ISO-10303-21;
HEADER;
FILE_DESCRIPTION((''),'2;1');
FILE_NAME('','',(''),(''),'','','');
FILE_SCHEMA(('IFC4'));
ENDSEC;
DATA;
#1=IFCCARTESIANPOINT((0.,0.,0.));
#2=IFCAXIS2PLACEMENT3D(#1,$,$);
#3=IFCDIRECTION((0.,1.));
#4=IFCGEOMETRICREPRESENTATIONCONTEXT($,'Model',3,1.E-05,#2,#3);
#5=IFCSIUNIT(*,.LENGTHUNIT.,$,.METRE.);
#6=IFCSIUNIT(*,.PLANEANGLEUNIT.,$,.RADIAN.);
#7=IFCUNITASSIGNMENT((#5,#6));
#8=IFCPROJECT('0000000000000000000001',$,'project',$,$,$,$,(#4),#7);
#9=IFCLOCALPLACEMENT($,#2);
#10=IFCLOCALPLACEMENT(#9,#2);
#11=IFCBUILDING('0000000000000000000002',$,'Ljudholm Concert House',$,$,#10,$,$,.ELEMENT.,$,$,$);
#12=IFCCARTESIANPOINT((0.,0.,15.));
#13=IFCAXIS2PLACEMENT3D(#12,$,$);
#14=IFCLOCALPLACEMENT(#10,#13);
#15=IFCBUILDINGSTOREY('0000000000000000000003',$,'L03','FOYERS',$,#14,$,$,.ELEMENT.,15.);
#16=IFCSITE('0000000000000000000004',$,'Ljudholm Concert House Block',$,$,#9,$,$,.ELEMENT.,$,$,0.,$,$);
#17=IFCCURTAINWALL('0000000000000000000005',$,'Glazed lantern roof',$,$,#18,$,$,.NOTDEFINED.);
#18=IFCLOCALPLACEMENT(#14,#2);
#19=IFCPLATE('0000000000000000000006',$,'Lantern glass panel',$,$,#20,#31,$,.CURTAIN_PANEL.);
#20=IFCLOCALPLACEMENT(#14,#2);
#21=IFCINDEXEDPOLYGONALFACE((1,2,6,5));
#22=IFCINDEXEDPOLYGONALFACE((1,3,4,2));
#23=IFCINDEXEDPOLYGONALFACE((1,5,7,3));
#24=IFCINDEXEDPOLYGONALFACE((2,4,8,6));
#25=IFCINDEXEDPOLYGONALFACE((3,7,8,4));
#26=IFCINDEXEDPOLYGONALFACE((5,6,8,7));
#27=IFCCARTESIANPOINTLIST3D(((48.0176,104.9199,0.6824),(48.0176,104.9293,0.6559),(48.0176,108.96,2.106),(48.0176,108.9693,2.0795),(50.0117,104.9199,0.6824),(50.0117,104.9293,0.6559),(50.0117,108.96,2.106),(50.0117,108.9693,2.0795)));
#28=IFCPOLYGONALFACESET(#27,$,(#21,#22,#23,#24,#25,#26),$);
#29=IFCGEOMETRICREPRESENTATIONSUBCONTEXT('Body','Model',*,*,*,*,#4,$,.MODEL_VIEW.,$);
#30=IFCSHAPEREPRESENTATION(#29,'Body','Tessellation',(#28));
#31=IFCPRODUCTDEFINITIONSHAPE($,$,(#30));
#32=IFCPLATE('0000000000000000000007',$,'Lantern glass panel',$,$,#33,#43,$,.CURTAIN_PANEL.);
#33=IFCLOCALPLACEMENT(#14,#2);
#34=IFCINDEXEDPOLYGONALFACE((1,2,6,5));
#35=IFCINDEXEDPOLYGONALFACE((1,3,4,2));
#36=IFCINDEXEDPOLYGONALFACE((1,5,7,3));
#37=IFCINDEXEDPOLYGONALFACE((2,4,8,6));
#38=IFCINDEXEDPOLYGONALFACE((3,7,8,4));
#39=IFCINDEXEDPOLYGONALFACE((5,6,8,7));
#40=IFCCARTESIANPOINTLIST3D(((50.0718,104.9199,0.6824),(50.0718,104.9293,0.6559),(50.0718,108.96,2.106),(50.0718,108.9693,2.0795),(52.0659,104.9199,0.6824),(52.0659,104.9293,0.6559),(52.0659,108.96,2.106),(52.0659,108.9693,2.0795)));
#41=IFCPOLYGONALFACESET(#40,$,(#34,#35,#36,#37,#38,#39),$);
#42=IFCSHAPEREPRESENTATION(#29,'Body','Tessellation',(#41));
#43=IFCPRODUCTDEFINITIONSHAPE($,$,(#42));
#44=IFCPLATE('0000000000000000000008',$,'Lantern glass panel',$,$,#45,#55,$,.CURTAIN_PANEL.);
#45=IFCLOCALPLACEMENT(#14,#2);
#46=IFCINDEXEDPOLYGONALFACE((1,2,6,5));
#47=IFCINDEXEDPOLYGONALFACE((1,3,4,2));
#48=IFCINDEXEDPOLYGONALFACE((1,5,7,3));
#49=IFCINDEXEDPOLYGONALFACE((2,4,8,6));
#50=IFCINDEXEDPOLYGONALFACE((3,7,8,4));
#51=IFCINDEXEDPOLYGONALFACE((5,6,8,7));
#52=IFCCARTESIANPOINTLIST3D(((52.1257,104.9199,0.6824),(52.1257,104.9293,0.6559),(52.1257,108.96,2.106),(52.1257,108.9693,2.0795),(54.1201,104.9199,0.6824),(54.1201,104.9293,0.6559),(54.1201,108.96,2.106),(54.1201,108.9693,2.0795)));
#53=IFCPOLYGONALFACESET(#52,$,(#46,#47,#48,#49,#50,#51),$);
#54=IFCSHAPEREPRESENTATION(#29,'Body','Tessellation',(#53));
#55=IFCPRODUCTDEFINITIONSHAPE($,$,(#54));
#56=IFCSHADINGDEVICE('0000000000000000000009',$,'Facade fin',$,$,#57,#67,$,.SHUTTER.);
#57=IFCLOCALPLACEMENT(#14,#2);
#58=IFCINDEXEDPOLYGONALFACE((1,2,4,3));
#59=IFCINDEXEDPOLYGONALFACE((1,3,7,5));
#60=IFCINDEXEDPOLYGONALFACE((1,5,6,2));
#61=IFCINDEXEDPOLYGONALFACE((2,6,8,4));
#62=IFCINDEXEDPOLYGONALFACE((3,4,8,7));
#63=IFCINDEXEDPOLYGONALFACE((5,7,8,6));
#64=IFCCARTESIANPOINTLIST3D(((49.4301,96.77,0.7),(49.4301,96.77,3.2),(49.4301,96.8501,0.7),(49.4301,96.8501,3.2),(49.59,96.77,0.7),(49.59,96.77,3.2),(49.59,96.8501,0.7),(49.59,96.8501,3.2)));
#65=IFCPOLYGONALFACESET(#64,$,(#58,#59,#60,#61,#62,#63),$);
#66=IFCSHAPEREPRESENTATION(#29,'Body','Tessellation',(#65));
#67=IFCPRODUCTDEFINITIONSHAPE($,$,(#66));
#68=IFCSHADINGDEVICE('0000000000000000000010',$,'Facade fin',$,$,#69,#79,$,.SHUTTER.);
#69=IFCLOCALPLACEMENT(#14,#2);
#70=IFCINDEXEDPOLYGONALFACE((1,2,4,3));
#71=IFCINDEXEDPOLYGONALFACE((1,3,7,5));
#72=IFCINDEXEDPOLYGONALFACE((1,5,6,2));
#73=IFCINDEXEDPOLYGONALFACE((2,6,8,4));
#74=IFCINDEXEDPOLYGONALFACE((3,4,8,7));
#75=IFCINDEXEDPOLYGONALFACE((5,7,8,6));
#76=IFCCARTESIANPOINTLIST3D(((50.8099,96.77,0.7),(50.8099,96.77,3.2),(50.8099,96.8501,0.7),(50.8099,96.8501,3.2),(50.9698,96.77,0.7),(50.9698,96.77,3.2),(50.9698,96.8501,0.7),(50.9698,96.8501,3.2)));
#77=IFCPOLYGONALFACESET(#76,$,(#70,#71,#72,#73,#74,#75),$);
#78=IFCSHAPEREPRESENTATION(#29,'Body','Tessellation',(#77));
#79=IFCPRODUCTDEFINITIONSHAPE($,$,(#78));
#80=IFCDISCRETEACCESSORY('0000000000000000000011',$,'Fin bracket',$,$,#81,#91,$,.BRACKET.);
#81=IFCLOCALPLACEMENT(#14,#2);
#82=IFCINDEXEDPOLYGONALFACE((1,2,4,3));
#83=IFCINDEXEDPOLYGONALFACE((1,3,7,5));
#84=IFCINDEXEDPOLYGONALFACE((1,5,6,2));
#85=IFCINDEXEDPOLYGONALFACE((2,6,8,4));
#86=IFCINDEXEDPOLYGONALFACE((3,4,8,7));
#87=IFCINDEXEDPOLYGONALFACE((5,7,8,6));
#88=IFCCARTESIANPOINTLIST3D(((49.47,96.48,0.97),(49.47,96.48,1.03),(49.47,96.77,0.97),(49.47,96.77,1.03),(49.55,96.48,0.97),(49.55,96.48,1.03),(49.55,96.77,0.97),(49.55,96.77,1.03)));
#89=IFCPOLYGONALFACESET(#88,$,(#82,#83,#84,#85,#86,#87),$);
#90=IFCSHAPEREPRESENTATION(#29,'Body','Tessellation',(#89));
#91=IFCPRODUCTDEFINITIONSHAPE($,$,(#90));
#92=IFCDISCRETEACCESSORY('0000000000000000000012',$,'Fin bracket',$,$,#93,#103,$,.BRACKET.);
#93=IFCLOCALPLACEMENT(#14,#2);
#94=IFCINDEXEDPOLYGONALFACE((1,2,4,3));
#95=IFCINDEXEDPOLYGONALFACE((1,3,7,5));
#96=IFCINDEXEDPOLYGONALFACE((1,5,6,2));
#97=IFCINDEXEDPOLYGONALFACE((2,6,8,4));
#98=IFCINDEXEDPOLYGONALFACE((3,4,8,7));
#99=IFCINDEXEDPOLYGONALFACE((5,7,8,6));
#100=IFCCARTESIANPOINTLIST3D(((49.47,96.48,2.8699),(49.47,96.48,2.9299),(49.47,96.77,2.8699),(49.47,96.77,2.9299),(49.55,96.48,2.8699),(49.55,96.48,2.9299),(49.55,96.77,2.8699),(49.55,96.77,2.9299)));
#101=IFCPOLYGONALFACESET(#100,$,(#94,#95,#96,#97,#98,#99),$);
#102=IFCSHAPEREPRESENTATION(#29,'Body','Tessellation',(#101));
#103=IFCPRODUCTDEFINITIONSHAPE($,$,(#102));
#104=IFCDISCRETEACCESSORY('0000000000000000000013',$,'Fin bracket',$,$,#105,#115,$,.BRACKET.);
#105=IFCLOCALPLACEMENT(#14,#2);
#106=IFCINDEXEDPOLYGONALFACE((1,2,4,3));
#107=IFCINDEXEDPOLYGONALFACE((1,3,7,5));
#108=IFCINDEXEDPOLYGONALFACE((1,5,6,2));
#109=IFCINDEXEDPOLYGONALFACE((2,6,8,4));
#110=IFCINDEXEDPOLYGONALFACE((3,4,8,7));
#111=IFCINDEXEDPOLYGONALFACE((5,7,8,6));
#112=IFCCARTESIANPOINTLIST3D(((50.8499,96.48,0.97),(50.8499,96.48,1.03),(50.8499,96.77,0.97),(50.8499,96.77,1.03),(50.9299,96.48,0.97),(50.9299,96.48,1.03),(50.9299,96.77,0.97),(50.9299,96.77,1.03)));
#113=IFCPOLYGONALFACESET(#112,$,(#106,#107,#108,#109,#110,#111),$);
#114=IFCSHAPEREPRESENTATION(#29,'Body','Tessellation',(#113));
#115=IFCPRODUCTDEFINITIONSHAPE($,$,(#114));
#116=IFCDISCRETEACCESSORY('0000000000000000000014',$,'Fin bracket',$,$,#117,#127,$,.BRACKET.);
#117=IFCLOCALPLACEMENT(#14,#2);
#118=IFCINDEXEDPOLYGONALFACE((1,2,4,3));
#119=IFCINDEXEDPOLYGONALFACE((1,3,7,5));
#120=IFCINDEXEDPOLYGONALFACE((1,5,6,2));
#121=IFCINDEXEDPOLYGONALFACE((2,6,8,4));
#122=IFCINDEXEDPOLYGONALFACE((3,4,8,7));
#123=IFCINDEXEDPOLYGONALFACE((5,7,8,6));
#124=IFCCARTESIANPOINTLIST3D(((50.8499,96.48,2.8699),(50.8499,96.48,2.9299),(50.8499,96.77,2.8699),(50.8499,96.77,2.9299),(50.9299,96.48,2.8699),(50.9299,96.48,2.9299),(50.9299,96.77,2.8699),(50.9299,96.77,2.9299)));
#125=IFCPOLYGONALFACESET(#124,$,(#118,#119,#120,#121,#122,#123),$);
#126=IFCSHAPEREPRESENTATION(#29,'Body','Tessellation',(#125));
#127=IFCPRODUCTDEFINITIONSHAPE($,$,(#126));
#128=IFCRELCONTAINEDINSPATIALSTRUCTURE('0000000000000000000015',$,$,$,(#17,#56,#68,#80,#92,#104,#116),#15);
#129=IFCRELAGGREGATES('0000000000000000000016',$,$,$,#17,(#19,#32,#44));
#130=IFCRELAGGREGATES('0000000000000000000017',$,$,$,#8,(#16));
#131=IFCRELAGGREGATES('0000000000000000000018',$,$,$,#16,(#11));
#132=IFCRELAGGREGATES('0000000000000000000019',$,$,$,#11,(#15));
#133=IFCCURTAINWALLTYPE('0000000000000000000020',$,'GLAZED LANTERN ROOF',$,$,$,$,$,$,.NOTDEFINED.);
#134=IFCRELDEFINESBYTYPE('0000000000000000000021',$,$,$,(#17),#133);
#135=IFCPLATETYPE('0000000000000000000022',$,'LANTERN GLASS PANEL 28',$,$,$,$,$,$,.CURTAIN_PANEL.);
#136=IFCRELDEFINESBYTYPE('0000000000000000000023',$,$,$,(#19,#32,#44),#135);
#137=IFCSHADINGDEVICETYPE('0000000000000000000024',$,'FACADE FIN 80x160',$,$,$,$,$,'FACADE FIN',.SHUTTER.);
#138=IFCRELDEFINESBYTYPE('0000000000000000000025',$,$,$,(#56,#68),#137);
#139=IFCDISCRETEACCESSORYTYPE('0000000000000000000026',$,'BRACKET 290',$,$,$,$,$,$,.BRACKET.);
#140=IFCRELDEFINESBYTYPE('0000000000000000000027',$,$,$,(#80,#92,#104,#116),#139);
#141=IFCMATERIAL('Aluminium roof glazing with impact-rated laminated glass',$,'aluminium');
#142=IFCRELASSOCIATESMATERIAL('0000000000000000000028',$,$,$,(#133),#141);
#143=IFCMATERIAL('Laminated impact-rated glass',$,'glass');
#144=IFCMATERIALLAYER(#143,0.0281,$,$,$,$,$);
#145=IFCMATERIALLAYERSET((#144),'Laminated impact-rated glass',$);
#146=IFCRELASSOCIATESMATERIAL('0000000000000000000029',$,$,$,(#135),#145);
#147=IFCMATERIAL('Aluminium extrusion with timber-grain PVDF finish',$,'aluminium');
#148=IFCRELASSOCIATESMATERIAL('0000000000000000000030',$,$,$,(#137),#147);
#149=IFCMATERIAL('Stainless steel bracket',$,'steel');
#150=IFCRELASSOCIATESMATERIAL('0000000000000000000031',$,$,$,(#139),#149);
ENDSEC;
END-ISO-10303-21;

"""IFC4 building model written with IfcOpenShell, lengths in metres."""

from ifc_helpers import new_model, si_unit, direction, frame, origin, origin_2d, place, context, subcontext, project, spatial, polyline, rectangle, outline, extrude, material, layer, layer_set, type_object, element, aggregate, save


model = new_model("IFC4")

# Units and contexts
model_context = context("Model", 3, precision=1e-05, world=origin(), true_north=direction((0.0, 1.0)))
body_context = subcontext(model_context, "Body", "Model", "MODEL_VIEW")
ifc_project = project(units=[si_unit("LENGTHUNIT", "METRE"), si_unit("PLANEANGLEUNIT", "RADIAN")], contexts=[model_context])

# Site, building, storey
site_placement = place(None, origin())
site = spatial("IfcSite", under=ifc_project, at=site_placement, Name="Ljudholm Concert House Block", CompositionType="ELEMENT", RefElevation=0.0)
building_placement = place(site_placement, origin())
building = spatial("IfcBuilding", under=site, at=building_placement, Name="Ljudholm Concert House", CompositionType="ELEMENT")
storey_placement = place(building_placement, frame((0.0, 0.0, 15.0)))
storey = spatial("IfcBuildingStorey", under=building, at=storey_placement, Name="L03", Description="FOYERS", CompositionType="ELEMENT", Elevation=15.0)

# Curtain wall
ifc_material_1 = material(Name="Aluminium roof glazing with impact-rated laminated glass", Category="aluminium")
curtain_wall_type_1 = type_object("IfcCurtainWallType", Name="GLAZED LANTERN ROOF", PredefinedType="NOTDEFINED", material=ifc_material_1)
curtain_wall_1_placement = place(storey_placement, origin())
curtain_wall_1 = element("IfcCurtainWall", 1, at=curtain_wall_1_placement, inside=storey, type_object=curtain_wall_type_1, Name="Glazed lantern roof", PredefinedType="NOTDEFINED")

# Plates
ifc_material_2 = material(Name="Laminated impact-rated glass", Category="glass")
ifc_layer_1 = layer(ifc_material_2, 0.0281)
ifc_layer_set_1 = layer_set([ifc_layer_1], Name="Laminated impact-rated glass")
plate_type_1 = type_object("IfcPlateType", Name="LANTERN GLASS PANEL 28", PredefinedType="CURTAIN_PANEL", material=ifc_layer_set_1)
plate_1_placement = place(storey_placement, frame((48.0176, 104.9199, 0.6824), z_axis=(0.0, -0.33234, 0.94316), x_axis=(1.0, 0.0, 0.0)))
plate_1 = element("IfcPlate", 2, at=plate_1_placement, type_object=plate_type_1, Name="Lantern glass panel", PredefinedType="CURTAIN_PANEL", context=body_context, shape_type="SweptSolid", body=[
    extrude(outline(polyline([(0.0, 0.0), (1.9941, 0.0), (1.9941, 4.2835), (0.0, 4.2835), (0.0, 0.0)])), origin(), (0.0, 0.0, -1.0), 0.0281),
])
plate_2_placement = place(storey_placement, frame((50.0718, 104.9199, 0.6824), z_axis=(0.0, -0.33234, 0.94316), x_axis=(1.0, 0.0, 0.0)))
plate_2 = element("IfcPlate", 3, at=plate_2_placement, type_object=plate_type_1, Name="Lantern glass panel", PredefinedType="CURTAIN_PANEL", context=body_context, shape_type="SweptSolid", body=[
    extrude(outline(polyline([(0.0, 0.0), (1.9941, 0.0), (1.9941, 4.2835), (0.0, 4.2835), (0.0, 0.0)])), origin(), (0.0, 0.0, -1.0), 0.0281),
])
plate_3_placement = place(storey_placement, frame((52.1257, 104.9199, 0.6824), z_axis=(0.0, -0.33234, 0.94316), x_axis=(1.0, 0.0, 0.0)))
plate_3 = element("IfcPlate", 4, at=plate_3_placement, type_object=plate_type_1, Name="Lantern glass panel", PredefinedType="CURTAIN_PANEL", context=body_context, shape_type="SweptSolid", body=[
    extrude(outline(polyline([(0.0, 0.0), (1.9944, 0.0), (1.9944, 4.2835), (0.0, 4.2835), (0.0, 0.0)])), origin(), (0.0, 0.0, -1.0), 0.0281),
])
aggregate(curtain_wall_1, [plate_1, plate_2, plate_3])

# Shading devices
ifc_material_3 = material(Name="Aluminium extrusion with timber-grain PVDF finish", Category="aluminium")
shading_device_type = type_object("IfcShadingDeviceType", Name="FACADE FIN 80x160", ElementType="FACADE FIN", PredefinedType="SHUTTER", material=ifc_material_3)
for number, where, z_axis, x_axis, name in (
    (5, (49.51, 96.8101, 0.7), (0.0, 0.0, 1.0), (0.0, 1.0, 0.0), "Facade fin"),
    (6, (50.8899, 96.8101, 0.7), (0.0, 0.0, 1.0), (0.0, 1.0, 0.0), "Facade fin"),
):
    element("IfcShadingDevice", number, at=place(storey_placement, frame(where, z_axis=z_axis, x_axis=x_axis)), inside=storey, type_object=shading_device_type, Name=name, PredefinedType="SHUTTER", context=body_context, shape_type="SweptSolid", body=[
        extrude(rectangle(XDim=0.0801, YDim=0.1599, at=origin_2d()), origin(), (0.0, 0.0, 1.0), 2.5),
    ])

# Discrete accessories
ifc_material_4 = material(Name="Stainless steel bracket", Category="steel")
discrete_accessory_type = type_object("IfcDiscreteAccessoryType", Name="BRACKET 290", PredefinedType="BRACKET", material=ifc_material_4)
for number, where, z_axis, x_axis, name in (
    (7, (49.51, 96.625, 0.97), (0.0, 0.0, 1.0), (0.0, 1.0, 0.0), "Fin bracket"),
    (8, (49.51, 96.625, 2.8699), (0.0, 0.0, 1.0), (0.0, 1.0, 0.0), "Fin bracket"),
    (9, (50.8899, 96.625, 0.97), (0.0, 0.0, 1.0), (0.0, 1.0, 0.0), "Fin bracket"),
    (10, (50.8899, 96.625, 2.8699), (0.0, 0.0, 1.0), (0.0, 1.0, 0.0), "Fin bracket"),
):
    element("IfcDiscreteAccessory", number, at=place(storey_placement, frame(where, z_axis=z_axis, x_axis=x_axis)), inside=storey, type_object=discrete_accessory_type, Name=name, PredefinedType="BRACKET", context=body_context, shape_type="SweptSolid", body=[
        extrude(rectangle(XDim=0.29, YDim=0.0801, at=origin_2d()), origin(), (0.0, 0.0, 1.0), 0.0601),
    ])

save(model, "model.ifc")
